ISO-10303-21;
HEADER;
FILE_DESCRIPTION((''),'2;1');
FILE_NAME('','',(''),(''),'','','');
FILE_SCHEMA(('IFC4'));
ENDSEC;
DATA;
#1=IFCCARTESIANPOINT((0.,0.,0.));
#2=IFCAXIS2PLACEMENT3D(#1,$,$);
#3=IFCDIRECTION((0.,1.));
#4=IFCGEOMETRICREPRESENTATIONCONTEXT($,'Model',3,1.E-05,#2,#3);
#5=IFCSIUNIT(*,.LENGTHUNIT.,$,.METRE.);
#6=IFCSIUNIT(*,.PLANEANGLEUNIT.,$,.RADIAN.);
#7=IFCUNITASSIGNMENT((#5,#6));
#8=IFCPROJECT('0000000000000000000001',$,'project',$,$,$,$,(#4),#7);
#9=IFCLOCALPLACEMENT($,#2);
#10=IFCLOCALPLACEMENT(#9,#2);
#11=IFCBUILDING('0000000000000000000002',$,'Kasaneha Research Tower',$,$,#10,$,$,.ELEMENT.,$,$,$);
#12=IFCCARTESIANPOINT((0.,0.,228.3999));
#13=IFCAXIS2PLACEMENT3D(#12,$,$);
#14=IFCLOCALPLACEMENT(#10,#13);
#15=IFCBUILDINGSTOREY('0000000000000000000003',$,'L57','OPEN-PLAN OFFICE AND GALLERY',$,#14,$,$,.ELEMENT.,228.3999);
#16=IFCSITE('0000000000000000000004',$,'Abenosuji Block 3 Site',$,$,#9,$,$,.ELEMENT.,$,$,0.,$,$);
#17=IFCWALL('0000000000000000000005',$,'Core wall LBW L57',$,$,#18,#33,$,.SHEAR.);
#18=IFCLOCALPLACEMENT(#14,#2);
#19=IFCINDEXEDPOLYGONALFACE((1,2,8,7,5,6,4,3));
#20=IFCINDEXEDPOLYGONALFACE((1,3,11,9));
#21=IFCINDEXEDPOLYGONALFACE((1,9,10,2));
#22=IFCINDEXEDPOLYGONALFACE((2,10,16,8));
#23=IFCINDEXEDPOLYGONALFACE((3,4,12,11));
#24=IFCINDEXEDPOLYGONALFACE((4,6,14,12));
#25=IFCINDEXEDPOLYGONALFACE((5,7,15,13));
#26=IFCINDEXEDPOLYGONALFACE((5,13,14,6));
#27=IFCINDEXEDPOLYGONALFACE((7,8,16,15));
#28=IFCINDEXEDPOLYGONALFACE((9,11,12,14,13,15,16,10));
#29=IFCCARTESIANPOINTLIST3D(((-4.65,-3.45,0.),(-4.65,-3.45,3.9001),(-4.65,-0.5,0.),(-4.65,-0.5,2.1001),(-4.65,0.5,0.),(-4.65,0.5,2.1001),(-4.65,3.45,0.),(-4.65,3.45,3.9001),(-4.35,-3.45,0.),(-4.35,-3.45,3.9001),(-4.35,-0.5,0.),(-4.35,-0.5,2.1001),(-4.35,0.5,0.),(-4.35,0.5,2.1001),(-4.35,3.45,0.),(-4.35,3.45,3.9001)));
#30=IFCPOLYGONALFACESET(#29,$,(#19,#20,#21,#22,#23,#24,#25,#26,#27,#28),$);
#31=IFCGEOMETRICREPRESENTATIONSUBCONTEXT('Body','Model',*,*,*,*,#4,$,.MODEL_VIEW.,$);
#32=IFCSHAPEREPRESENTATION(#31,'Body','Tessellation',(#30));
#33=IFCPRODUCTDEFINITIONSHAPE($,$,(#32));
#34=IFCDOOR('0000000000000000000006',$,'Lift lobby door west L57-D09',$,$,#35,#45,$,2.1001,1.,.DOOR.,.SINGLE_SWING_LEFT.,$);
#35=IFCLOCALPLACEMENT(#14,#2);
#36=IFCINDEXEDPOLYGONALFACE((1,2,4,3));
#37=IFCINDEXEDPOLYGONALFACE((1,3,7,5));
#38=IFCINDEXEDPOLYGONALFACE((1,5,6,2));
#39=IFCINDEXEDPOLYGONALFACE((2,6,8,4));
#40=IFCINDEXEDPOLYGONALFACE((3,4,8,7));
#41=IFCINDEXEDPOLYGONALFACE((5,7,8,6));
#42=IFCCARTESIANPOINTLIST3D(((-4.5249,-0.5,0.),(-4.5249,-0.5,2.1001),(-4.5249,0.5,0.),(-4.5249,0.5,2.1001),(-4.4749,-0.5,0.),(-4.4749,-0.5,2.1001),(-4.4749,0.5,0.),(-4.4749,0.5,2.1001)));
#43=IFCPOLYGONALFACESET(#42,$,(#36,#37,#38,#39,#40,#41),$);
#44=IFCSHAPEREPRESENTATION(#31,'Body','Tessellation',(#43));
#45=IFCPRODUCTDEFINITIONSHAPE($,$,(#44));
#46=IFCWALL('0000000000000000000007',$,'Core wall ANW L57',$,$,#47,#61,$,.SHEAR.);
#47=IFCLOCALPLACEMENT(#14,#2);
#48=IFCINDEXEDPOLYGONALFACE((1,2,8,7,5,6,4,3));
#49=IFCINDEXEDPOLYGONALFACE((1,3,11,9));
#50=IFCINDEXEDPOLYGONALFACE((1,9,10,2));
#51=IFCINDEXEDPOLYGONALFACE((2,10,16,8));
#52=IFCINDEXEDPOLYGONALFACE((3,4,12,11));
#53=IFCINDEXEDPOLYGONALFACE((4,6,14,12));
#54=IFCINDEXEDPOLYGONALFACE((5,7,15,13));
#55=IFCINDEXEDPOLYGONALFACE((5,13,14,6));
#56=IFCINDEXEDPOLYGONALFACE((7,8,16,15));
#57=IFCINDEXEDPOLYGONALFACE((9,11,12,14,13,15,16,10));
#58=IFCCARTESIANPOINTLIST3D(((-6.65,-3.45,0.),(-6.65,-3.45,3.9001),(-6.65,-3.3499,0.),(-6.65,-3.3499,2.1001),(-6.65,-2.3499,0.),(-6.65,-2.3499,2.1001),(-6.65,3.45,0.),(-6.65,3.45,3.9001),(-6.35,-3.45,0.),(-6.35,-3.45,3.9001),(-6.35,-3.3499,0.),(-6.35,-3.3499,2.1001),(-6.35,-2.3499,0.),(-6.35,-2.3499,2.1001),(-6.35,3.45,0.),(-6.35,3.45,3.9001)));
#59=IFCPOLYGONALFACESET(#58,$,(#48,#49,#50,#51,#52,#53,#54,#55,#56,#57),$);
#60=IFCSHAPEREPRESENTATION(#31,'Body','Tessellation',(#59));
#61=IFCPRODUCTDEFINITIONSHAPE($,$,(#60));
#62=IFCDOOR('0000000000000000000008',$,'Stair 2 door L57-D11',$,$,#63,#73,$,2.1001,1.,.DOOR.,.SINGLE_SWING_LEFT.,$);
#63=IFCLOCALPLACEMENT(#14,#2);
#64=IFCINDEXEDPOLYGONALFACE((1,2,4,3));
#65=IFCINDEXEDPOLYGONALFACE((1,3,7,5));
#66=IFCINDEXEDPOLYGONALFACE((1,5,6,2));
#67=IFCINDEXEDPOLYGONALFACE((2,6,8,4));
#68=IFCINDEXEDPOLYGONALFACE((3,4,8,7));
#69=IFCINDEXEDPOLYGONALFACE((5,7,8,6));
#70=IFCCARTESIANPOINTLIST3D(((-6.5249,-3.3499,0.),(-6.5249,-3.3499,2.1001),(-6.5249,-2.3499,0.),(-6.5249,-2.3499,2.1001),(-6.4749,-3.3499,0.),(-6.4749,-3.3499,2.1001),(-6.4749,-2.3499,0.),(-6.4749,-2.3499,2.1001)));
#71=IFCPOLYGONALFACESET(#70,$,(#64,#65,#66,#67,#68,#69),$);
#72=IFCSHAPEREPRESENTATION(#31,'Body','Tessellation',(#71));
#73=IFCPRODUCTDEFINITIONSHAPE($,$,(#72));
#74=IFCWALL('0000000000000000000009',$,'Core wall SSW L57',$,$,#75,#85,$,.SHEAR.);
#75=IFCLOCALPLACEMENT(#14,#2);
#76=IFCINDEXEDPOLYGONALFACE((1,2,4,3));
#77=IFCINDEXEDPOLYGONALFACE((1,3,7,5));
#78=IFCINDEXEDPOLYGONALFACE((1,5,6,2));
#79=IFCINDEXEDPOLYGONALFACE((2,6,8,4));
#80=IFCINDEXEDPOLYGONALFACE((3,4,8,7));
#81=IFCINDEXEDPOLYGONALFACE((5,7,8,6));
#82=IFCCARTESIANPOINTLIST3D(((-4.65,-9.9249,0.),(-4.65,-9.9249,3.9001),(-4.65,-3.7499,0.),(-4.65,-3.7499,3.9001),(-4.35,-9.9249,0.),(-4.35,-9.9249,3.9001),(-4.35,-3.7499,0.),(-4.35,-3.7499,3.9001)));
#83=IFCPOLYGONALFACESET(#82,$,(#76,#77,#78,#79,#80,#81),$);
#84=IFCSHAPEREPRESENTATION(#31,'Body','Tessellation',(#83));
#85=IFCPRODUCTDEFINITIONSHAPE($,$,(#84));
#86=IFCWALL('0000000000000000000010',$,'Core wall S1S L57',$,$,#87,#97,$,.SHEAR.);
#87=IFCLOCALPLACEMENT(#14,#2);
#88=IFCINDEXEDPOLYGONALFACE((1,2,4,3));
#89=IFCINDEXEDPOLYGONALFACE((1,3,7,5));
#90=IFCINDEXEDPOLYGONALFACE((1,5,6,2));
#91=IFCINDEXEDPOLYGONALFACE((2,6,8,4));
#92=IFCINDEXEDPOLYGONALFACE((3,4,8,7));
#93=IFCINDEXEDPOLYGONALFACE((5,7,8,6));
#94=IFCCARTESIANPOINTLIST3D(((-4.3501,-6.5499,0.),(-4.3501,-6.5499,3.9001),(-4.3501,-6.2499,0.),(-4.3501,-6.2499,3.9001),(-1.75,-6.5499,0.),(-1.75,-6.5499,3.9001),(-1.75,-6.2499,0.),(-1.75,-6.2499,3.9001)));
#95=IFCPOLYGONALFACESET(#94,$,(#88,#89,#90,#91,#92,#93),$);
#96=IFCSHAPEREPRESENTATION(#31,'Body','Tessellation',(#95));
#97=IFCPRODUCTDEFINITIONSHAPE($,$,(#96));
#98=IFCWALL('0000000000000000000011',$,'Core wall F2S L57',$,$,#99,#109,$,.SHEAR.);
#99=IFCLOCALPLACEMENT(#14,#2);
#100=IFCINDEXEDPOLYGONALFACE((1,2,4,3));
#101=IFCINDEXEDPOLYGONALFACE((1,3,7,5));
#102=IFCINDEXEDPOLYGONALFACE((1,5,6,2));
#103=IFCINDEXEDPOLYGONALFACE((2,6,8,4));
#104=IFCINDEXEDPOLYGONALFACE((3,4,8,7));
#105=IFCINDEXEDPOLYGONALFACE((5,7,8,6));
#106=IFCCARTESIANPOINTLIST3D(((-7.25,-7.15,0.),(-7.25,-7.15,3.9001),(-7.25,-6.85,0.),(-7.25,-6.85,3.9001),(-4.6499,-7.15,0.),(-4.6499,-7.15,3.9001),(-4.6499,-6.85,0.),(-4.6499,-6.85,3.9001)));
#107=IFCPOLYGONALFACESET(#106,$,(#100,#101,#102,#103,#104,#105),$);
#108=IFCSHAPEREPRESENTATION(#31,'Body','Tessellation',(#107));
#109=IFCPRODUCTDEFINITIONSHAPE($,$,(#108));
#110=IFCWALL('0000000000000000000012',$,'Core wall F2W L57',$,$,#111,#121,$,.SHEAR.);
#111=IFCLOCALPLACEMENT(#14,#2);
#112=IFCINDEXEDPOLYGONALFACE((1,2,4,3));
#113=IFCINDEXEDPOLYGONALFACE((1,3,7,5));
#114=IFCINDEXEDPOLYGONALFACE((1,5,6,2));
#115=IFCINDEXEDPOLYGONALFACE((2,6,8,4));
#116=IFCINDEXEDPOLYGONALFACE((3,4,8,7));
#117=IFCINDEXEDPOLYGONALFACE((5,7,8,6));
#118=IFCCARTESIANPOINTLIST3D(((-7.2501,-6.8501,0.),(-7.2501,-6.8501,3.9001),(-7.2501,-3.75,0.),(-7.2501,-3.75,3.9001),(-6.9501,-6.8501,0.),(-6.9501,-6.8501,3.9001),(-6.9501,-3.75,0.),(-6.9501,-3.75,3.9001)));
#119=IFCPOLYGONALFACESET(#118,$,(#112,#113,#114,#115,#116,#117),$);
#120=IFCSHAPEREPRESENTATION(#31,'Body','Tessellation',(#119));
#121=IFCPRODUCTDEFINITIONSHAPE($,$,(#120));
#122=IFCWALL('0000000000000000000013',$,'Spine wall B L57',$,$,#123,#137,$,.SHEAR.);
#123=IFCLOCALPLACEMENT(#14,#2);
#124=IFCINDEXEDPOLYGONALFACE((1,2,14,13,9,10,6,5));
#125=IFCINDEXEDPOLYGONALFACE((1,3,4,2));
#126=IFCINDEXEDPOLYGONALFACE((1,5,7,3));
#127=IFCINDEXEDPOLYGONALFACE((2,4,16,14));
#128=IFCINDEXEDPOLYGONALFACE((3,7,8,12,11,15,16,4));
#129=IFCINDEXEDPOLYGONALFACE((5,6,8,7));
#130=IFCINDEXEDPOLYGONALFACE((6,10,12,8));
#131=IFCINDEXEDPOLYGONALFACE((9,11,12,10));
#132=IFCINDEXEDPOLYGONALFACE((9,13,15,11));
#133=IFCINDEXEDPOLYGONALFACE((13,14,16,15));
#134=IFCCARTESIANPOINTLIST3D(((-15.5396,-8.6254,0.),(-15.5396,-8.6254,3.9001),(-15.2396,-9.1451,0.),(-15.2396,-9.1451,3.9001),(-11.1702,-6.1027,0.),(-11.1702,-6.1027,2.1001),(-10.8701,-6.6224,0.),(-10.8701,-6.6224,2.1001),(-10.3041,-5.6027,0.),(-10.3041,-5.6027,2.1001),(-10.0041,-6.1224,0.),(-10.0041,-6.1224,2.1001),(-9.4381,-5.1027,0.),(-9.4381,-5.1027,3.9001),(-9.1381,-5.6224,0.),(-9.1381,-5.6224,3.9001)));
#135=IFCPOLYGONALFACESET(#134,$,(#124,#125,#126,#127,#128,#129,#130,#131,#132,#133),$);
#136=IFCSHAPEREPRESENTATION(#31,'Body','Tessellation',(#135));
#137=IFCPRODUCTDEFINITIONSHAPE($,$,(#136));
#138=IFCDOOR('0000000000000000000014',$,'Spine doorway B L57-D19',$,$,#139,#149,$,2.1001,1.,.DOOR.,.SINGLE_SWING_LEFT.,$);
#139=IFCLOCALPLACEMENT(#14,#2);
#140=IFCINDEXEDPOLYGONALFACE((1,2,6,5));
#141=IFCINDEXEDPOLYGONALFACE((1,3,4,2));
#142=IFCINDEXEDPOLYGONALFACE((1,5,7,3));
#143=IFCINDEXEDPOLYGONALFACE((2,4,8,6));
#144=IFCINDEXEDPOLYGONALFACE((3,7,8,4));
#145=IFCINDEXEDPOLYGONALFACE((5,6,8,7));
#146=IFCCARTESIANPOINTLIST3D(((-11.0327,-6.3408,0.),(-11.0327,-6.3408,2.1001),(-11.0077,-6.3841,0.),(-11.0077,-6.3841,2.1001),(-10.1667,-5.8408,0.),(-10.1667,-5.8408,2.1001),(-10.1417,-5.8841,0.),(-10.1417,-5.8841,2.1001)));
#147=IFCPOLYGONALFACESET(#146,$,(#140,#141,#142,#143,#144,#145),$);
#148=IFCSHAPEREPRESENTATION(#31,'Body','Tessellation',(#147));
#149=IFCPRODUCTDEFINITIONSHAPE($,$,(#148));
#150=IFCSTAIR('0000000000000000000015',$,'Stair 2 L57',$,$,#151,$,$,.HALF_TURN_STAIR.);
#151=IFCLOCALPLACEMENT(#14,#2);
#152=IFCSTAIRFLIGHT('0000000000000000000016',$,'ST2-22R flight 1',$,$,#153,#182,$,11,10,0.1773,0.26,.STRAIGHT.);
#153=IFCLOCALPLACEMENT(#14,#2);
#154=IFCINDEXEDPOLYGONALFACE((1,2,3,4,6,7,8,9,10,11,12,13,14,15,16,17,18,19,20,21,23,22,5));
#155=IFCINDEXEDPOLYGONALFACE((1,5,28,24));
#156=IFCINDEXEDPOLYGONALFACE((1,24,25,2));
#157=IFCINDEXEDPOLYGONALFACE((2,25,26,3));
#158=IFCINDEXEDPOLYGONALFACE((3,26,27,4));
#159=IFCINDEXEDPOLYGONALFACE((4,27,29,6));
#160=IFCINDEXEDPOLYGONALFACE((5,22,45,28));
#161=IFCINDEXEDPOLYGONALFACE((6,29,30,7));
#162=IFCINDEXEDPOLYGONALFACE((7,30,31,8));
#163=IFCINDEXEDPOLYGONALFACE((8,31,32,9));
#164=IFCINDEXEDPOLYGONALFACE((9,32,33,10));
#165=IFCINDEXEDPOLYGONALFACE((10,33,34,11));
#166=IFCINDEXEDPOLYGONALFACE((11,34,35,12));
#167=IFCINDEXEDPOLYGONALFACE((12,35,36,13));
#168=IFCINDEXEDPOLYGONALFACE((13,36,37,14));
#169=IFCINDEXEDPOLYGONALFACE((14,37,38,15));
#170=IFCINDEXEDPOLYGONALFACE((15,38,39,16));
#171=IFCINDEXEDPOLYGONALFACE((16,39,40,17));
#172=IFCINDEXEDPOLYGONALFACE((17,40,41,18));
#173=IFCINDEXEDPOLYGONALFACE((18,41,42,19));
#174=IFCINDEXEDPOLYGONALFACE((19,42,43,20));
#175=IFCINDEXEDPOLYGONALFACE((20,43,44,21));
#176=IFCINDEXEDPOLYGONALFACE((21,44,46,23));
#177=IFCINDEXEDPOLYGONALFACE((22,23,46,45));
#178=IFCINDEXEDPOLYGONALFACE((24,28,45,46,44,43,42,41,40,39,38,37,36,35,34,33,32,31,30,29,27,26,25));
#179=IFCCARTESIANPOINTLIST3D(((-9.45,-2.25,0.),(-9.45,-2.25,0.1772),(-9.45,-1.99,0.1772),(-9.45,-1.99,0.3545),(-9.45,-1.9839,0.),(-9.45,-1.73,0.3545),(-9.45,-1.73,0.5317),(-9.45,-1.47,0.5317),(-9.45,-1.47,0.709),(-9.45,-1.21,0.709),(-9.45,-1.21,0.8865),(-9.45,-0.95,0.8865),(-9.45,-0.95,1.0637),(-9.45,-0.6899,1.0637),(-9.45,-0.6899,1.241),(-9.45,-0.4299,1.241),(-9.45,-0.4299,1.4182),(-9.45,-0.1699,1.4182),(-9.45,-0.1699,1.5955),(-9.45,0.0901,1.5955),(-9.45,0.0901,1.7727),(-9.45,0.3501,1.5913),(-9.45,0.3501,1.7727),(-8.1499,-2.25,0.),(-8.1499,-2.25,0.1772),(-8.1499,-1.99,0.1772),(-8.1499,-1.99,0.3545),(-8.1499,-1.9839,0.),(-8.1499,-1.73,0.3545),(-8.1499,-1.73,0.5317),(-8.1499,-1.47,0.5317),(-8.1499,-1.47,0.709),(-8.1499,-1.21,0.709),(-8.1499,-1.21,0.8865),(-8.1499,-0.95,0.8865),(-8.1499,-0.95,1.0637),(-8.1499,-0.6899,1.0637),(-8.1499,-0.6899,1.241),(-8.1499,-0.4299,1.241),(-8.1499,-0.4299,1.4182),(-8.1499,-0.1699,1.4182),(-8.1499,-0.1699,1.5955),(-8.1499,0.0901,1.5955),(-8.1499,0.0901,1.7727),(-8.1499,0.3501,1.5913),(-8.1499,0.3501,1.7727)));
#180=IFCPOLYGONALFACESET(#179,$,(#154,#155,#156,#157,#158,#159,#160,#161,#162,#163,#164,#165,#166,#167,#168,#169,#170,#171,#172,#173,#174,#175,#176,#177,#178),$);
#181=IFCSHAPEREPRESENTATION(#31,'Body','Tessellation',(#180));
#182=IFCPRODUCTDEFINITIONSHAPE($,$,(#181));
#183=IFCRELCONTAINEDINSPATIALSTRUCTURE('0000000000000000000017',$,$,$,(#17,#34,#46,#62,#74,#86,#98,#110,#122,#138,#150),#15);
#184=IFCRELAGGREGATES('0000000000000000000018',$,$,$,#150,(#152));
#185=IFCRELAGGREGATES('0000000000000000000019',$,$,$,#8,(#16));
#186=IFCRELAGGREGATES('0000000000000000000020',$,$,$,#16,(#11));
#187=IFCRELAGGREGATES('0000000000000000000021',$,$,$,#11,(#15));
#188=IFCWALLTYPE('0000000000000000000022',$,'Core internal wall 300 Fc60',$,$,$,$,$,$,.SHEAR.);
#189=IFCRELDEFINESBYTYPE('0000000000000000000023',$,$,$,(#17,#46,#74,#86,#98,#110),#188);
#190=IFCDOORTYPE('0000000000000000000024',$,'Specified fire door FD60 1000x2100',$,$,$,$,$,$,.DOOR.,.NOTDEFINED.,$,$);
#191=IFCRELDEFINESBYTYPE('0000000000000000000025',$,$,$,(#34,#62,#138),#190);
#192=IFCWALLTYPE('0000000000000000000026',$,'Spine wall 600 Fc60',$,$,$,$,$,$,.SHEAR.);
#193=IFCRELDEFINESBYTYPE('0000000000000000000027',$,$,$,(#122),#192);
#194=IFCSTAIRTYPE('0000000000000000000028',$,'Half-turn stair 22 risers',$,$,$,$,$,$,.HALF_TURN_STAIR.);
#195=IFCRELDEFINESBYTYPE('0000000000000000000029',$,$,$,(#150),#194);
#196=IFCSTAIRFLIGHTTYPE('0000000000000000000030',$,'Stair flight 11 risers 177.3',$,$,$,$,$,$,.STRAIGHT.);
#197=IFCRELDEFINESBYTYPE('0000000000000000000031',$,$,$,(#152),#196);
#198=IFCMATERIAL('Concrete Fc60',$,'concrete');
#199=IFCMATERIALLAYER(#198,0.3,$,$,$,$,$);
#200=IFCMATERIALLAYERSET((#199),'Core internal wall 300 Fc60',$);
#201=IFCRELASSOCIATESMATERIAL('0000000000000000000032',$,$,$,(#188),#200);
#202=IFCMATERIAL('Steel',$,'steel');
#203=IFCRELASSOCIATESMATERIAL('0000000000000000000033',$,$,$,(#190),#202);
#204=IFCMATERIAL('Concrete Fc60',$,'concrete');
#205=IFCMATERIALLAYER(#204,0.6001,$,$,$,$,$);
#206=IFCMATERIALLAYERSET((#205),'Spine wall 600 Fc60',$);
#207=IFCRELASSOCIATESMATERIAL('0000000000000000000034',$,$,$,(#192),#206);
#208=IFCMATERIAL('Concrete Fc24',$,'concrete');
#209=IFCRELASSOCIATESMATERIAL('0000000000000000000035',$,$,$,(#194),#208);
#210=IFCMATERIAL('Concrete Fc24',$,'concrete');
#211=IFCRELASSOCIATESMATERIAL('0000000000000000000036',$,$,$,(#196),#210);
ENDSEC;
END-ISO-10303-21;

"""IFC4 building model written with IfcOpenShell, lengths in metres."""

from ifc_helpers import new_model, si_unit, direction, frame, frame_2d, origin, place, context, subcontext, project, spatial, polyline, rectangle, outline, extrude, material, layer, layer_set, type_object, element, fill, aggregate, save


model = new_model("IFC4")

# Units and contexts
model_context = context("Model", 3, precision=1e-05, world=origin(), true_north=direction((0.0, 1.0)))
body_context = subcontext(model_context, "Body", "Model", "MODEL_VIEW")
ifc_project = project(units=[si_unit("LENGTHUNIT", "METRE"), si_unit("PLANEANGLEUNIT", "RADIAN")], contexts=[model_context])

# Site, building, storey
site_placement = place(None, origin())
site = spatial("IfcSite", under=ifc_project, at=site_placement, Name="Abenosuji Block 3 Site", CompositionType="ELEMENT", RefElevation=0.0)
building_placement = place(site_placement, origin())
building = spatial("IfcBuilding", under=site, at=building_placement, Name="Kasaneha Research Tower", CompositionType="ELEMENT")
storey_placement = place(building_placement, frame((0.0, 0.0, 228.3999)))
storey = spatial("IfcBuildingStorey", under=building, at=storey_placement, Name="L57", Description="OPEN-PLAN OFFICE AND GALLERY", CompositionType="ELEMENT", Elevation=228.3999)

# Shared definitions
ifc_material_1 = material(Name="Concrete Fc60", Category="concrete")
ifc_layer_1 = layer(ifc_material_1, 0.3)
ifc_layer_set_1 = layer_set([ifc_layer_1], Name="Core internal wall 300 Fc60")
wall_type_1 = type_object("IfcWallType", Name="Core internal wall 300 Fc60", PredefinedType="SHEAR", material=ifc_layer_set_1)

# Walls, openings, doors
wall_1_placement = place(storey_placement, frame((-4.5, -3.45, 0.0), z_axis=(0.0, 0.0, 1.0), x_axis=(0.0, 1.0, 0.0)))
wall_1 = element("IfcWall", 1, at=wall_1_placement, inside=storey, type_object=wall_type_1, Name="Core wall LBW L57", PredefinedType="SHEAR", context=body_context, shape_type="SweptSolid", body=[
    extrude(rectangle(XDim=6.8999, YDim=0.3, at=frame_2d((3.45, 0.0))), origin(), (0.0, 0.0, 1.0), 3.9001),
])
opening_1_placement = place(wall_1_placement, frame((2.95, 0.0, 0.0)))
opening_1 = element("IfcOpeningElement", 2, at=opening_1_placement, cuts=wall_1, PredefinedType="OPENING", context=body_context, shape_type="SweptSolid", body=[
    extrude(rectangle(XDim=1.0, YDim=2.1001, at=frame_2d((0.5, 1.05))), frame((0.0, 0.1602, 0.0), z_axis=(0.0, -1.0, 0.0), x_axis=(1.0, 0.0, 0.0)), (0.0, 0.0, 1.0), 0.3201),
])
ifc_material_2 = material(Name="Steel", Category="steel")
door_type_1 = type_object("IfcDoorType", Name="Specified fire door FD60 1000x2100", OperationType="NOTDEFINED", PredefinedType="DOOR", material=ifc_material_2)
door_1_placement = place(opening_1_placement, origin())
door_1 = element("IfcDoor", 3, at=door_1_placement, inside=storey, type_object=door_type_1, Name="Lift lobby door west L57-D09", OperationType="SINGLE_SWING_LEFT", OverallHeight=2.1001, OverallWidth=1.0, PredefinedType="DOOR", context=body_context, shape_type="SweptSolid", body=[
    extrude(rectangle(XDim=1.0, YDim=2.1001, at=frame_2d((0.5, 1.05))), frame((0.0, 0.0249, 0.0), z_axis=(0.0, -1.0, 0.0), x_axis=(1.0, 0.0, 0.0)), (0.0, 0.0, 1.0), 0.05),
])
fill(opening_1, door_1)
wall_2_placement = place(storey_placement, frame((-6.5, -3.45, 0.0), z_axis=(0.0, 0.0, 1.0), x_axis=(0.0, 1.0, 0.0)))
wall_2 = element("IfcWall", 4, at=wall_2_placement, inside=storey, type_object=wall_type_1, Name="Core wall ANW L57", PredefinedType="SHEAR", context=body_context, shape_type="SweptSolid", body=[
    extrude(rectangle(XDim=6.8999, YDim=0.3, at=frame_2d((3.45, 0.0))), origin(), (0.0, 0.0, 1.0), 3.9001),
])
opening_2_placement = place(wall_2_placement, frame((0.1001, 0.0, 0.0)))
opening_2 = element("IfcOpeningElement", 5, at=opening_2_placement, cuts=wall_2, PredefinedType="OPENING", context=body_context, shape_type="SweptSolid", body=[
    extrude(rectangle(XDim=1.0, YDim=2.1001, at=frame_2d((0.5, 1.05))), frame((0.0, 0.1602, 0.0), z_axis=(0.0, -1.0, 0.0), x_axis=(1.0, 0.0, 0.0)), (0.0, 0.0, 1.0), 0.3201),
])
door_2_placement = place(opening_2_placement, origin())
door_2 = element("IfcDoor", 6, at=door_2_placement, inside=storey, type_object=door_type_1, Name="Stair 2 door L57-D11", OperationType="SINGLE_SWING_LEFT", OverallHeight=2.1001, OverallWidth=1.0, PredefinedType="DOOR", context=body_context, shape_type="SweptSolid", body=[
    extrude(rectangle(XDim=1.0, YDim=2.1001, at=frame_2d((0.5, 1.05))), frame((0.0, 0.0249, 0.0), z_axis=(0.0, -1.0, 0.0), x_axis=(1.0, 0.0, 0.0)), (0.0, 0.0, 1.0), 0.05),
])
fill(opening_2, door_2)

# Walls
wall_3_placement = place(storey_placement, frame((-4.5, -3.75, 0.0), z_axis=(0.0, 0.0, 1.0), x_axis=(0.0, -1.0, 0.0)))
element("IfcWall", 7, at=wall_3_placement, inside=storey, type_object=wall_type_1, Name="Core wall SSW L57", PredefinedType="SHEAR", context=body_context, shape_type="SweptSolid", body=[
    extrude(rectangle(XDim=6.175, YDim=0.3, at=frame_2d((3.0874, 0.0))), origin(), (0.0, 0.0, 1.0), 3.9001),
])
for number, where, z_axis, x_axis, name in (
    (8, (-4.3501, -6.3999, 0.0), (0.0, 0.0, 1.0), (1.0, 0.0, 0.0), "Core wall S1S L57"),
    (9, (-7.25, -7.0, 0.0), (0.0, 0.0, 1.0), (1.0, 0.0, 0.0), "Core wall F2S L57"),
):
    element("IfcWall", number, at=place(storey_placement, frame(where, z_axis=z_axis, x_axis=x_axis)), inside=storey, type_object=wall_type_1, Name=name, PredefinedType="SHEAR", context=body_context, shape_type="SweptSolid", body=[
        extrude(rectangle(XDim=2.6001, YDim=0.3, at=frame_2d((1.3, 0.0))), origin(), (0.0, 0.0, 1.0), 3.9001),
    ])
wall_4_placement = place(storey_placement, frame((-7.1001, -3.75, 0.0), z_axis=(0.0, 0.0, 1.0), x_axis=(0.0, -1.0, 0.0)))
element("IfcWall", 10, at=wall_4_placement, inside=storey, type_object=wall_type_1, Name="Core wall F2W L57", PredefinedType="SHEAR", context=body_context, shape_type="SweptSolid", body=[
    extrude(rectangle(XDim=3.1001, YDim=0.3, at=frame_2d((1.55, 0.0))), origin(), (0.0, 0.0, 1.0), 3.9001),
])

# Wall, opening, door
ifc_material_3 = material(Name="Concrete Fc60", Category="concrete")
ifc_layer_2 = layer(ifc_material_3, 0.6001)
ifc_layer_set_2 = layer_set([ifc_layer_2], Name="Spine wall 600 Fc60")
wall_type_2 = type_object("IfcWallType", Name="Spine wall 600 Fc60", PredefinedType="SHEAR", material=ifc_layer_set_2)
wall_5_placement = place(storey_placement, frame((-9.2881, -5.3625, 0.0), z_axis=(0.0, 0.0, 1.0), x_axis=(-0.866027, -0.499996, 0.0)))
wall_5 = element("IfcWall", 11, at=wall_5_placement, inside=storey, type_object=wall_type_2, Name="Spine wall B L57", PredefinedType="SHEAR", context=body_context, shape_type="SweptSolid", body=[
    extrude(rectangle(XDim=7.0454, YDim=0.6001, at=frame_2d((3.5227, 0.0))), origin(), (0.0, 0.0, 1.0), 3.9001),
])
opening_3_placement = place(wall_5_placement, frame((1.0, 0.0, 0.0)))
opening_3 = element("IfcOpeningElement", 12, at=opening_3_placement, cuts=wall_5, PredefinedType="OPENING", context=body_context, shape_type="SweptSolid", body=[
    extrude(rectangle(XDim=1.0, YDim=2.1001, at=frame_2d((0.5, 1.05))), frame((0.0, 0.3101, 0.0), z_axis=(0.0, -1.0, 0.0), x_axis=(1.0, 0.0, 0.0)), (0.0, 0.0, 1.0), 0.6201),
])
door_3_placement = place(opening_3_placement, origin())
door_3 = element("IfcDoor", 13, at=door_3_placement, inside=storey, type_object=door_type_1, Name="Spine doorway B L57-D19", OperationType="SINGLE_SWING_LEFT", OverallHeight=2.1001, OverallWidth=1.0, PredefinedType="DOOR", context=body_context, shape_type="SweptSolid", body=[
    extrude(rectangle(XDim=1.0, YDim=2.1001, at=frame_2d((0.5, 1.05))), frame((0.0, 0.0249, 0.0), z_axis=(0.0, -1.0, 0.0), x_axis=(1.0, 0.0, 0.0)), (0.0, 0.0, 1.0), 0.05),
])
fill(opening_3, door_3)

# Stair, stair flight
ifc_material_4 = material(Name="Concrete Fc24", Category="concrete")
stair_type = type_object("IfcStairType", Name="Half-turn stair 22 risers", PredefinedType="HALF_TURN_STAIR", material=ifc_material_4)
stair_placement = place(storey_placement, origin())
stair = element("IfcStair", 14, at=stair_placement, inside=storey, type_object=stair_type, Name="Stair 2 L57", PredefinedType="HALF_TURN_STAIR")
ifc_material_5 = material(Name="Concrete Fc24", Category="concrete")
stair_flight_type = type_object("IfcStairFlightType", Name="Stair flight 11 risers 177.3", PredefinedType="STRAIGHT", material=ifc_material_5)
stair_flight_placement = place(storey_placement, frame((-8.8, -2.25, 0.0), z_axis=(0.0, 0.0, 1.0), x_axis=(0.0, 1.0, 0.0)))
stair_flight = element("IfcStairFlight", 15, at=stair_flight_placement, type_object=stair_flight_type, Name="ST2-22R flight 1", NumberOfRisers=11, NumberOfTreads=10, PredefinedType="STRAIGHT", RiserHeight=0.1773, TreadLength=0.26, context=body_context, shape_type="SweptSolid", body=[
    extrude(outline(polyline([(0.0, 0.0), (0.0, 0.1772), (0.26, 0.1772), (0.26, 0.3545), (0.52, 0.3545), (0.52, 0.5317), (0.78, 0.5317), (0.78, 0.709), (1.04, 0.709), (1.04, 0.8865), (1.3, 0.8865), (1.3, 1.0637), (1.5601, 1.0637), (1.5601, 1.241), (1.8201, 1.241), (1.8201, 1.4182), (2.0801, 1.4182), (2.0801, 1.5955), (2.3401, 1.5955), (2.3401, 1.7727), (2.6001, 1.7727), (2.6001, 1.95), (2.6001, 1.5913), (0.2661, 0.0), (0.0, 0.0)])), frame((0.0, 0.6499, 0.0), z_axis=(0.0, -1.0, 0.0), x_axis=(1.0, 0.0, 0.0)), (0.0, 0.0, 1.0), 1.3),
])
aggregate(stair, [stair_flight])

save(model, "model.ifc")
